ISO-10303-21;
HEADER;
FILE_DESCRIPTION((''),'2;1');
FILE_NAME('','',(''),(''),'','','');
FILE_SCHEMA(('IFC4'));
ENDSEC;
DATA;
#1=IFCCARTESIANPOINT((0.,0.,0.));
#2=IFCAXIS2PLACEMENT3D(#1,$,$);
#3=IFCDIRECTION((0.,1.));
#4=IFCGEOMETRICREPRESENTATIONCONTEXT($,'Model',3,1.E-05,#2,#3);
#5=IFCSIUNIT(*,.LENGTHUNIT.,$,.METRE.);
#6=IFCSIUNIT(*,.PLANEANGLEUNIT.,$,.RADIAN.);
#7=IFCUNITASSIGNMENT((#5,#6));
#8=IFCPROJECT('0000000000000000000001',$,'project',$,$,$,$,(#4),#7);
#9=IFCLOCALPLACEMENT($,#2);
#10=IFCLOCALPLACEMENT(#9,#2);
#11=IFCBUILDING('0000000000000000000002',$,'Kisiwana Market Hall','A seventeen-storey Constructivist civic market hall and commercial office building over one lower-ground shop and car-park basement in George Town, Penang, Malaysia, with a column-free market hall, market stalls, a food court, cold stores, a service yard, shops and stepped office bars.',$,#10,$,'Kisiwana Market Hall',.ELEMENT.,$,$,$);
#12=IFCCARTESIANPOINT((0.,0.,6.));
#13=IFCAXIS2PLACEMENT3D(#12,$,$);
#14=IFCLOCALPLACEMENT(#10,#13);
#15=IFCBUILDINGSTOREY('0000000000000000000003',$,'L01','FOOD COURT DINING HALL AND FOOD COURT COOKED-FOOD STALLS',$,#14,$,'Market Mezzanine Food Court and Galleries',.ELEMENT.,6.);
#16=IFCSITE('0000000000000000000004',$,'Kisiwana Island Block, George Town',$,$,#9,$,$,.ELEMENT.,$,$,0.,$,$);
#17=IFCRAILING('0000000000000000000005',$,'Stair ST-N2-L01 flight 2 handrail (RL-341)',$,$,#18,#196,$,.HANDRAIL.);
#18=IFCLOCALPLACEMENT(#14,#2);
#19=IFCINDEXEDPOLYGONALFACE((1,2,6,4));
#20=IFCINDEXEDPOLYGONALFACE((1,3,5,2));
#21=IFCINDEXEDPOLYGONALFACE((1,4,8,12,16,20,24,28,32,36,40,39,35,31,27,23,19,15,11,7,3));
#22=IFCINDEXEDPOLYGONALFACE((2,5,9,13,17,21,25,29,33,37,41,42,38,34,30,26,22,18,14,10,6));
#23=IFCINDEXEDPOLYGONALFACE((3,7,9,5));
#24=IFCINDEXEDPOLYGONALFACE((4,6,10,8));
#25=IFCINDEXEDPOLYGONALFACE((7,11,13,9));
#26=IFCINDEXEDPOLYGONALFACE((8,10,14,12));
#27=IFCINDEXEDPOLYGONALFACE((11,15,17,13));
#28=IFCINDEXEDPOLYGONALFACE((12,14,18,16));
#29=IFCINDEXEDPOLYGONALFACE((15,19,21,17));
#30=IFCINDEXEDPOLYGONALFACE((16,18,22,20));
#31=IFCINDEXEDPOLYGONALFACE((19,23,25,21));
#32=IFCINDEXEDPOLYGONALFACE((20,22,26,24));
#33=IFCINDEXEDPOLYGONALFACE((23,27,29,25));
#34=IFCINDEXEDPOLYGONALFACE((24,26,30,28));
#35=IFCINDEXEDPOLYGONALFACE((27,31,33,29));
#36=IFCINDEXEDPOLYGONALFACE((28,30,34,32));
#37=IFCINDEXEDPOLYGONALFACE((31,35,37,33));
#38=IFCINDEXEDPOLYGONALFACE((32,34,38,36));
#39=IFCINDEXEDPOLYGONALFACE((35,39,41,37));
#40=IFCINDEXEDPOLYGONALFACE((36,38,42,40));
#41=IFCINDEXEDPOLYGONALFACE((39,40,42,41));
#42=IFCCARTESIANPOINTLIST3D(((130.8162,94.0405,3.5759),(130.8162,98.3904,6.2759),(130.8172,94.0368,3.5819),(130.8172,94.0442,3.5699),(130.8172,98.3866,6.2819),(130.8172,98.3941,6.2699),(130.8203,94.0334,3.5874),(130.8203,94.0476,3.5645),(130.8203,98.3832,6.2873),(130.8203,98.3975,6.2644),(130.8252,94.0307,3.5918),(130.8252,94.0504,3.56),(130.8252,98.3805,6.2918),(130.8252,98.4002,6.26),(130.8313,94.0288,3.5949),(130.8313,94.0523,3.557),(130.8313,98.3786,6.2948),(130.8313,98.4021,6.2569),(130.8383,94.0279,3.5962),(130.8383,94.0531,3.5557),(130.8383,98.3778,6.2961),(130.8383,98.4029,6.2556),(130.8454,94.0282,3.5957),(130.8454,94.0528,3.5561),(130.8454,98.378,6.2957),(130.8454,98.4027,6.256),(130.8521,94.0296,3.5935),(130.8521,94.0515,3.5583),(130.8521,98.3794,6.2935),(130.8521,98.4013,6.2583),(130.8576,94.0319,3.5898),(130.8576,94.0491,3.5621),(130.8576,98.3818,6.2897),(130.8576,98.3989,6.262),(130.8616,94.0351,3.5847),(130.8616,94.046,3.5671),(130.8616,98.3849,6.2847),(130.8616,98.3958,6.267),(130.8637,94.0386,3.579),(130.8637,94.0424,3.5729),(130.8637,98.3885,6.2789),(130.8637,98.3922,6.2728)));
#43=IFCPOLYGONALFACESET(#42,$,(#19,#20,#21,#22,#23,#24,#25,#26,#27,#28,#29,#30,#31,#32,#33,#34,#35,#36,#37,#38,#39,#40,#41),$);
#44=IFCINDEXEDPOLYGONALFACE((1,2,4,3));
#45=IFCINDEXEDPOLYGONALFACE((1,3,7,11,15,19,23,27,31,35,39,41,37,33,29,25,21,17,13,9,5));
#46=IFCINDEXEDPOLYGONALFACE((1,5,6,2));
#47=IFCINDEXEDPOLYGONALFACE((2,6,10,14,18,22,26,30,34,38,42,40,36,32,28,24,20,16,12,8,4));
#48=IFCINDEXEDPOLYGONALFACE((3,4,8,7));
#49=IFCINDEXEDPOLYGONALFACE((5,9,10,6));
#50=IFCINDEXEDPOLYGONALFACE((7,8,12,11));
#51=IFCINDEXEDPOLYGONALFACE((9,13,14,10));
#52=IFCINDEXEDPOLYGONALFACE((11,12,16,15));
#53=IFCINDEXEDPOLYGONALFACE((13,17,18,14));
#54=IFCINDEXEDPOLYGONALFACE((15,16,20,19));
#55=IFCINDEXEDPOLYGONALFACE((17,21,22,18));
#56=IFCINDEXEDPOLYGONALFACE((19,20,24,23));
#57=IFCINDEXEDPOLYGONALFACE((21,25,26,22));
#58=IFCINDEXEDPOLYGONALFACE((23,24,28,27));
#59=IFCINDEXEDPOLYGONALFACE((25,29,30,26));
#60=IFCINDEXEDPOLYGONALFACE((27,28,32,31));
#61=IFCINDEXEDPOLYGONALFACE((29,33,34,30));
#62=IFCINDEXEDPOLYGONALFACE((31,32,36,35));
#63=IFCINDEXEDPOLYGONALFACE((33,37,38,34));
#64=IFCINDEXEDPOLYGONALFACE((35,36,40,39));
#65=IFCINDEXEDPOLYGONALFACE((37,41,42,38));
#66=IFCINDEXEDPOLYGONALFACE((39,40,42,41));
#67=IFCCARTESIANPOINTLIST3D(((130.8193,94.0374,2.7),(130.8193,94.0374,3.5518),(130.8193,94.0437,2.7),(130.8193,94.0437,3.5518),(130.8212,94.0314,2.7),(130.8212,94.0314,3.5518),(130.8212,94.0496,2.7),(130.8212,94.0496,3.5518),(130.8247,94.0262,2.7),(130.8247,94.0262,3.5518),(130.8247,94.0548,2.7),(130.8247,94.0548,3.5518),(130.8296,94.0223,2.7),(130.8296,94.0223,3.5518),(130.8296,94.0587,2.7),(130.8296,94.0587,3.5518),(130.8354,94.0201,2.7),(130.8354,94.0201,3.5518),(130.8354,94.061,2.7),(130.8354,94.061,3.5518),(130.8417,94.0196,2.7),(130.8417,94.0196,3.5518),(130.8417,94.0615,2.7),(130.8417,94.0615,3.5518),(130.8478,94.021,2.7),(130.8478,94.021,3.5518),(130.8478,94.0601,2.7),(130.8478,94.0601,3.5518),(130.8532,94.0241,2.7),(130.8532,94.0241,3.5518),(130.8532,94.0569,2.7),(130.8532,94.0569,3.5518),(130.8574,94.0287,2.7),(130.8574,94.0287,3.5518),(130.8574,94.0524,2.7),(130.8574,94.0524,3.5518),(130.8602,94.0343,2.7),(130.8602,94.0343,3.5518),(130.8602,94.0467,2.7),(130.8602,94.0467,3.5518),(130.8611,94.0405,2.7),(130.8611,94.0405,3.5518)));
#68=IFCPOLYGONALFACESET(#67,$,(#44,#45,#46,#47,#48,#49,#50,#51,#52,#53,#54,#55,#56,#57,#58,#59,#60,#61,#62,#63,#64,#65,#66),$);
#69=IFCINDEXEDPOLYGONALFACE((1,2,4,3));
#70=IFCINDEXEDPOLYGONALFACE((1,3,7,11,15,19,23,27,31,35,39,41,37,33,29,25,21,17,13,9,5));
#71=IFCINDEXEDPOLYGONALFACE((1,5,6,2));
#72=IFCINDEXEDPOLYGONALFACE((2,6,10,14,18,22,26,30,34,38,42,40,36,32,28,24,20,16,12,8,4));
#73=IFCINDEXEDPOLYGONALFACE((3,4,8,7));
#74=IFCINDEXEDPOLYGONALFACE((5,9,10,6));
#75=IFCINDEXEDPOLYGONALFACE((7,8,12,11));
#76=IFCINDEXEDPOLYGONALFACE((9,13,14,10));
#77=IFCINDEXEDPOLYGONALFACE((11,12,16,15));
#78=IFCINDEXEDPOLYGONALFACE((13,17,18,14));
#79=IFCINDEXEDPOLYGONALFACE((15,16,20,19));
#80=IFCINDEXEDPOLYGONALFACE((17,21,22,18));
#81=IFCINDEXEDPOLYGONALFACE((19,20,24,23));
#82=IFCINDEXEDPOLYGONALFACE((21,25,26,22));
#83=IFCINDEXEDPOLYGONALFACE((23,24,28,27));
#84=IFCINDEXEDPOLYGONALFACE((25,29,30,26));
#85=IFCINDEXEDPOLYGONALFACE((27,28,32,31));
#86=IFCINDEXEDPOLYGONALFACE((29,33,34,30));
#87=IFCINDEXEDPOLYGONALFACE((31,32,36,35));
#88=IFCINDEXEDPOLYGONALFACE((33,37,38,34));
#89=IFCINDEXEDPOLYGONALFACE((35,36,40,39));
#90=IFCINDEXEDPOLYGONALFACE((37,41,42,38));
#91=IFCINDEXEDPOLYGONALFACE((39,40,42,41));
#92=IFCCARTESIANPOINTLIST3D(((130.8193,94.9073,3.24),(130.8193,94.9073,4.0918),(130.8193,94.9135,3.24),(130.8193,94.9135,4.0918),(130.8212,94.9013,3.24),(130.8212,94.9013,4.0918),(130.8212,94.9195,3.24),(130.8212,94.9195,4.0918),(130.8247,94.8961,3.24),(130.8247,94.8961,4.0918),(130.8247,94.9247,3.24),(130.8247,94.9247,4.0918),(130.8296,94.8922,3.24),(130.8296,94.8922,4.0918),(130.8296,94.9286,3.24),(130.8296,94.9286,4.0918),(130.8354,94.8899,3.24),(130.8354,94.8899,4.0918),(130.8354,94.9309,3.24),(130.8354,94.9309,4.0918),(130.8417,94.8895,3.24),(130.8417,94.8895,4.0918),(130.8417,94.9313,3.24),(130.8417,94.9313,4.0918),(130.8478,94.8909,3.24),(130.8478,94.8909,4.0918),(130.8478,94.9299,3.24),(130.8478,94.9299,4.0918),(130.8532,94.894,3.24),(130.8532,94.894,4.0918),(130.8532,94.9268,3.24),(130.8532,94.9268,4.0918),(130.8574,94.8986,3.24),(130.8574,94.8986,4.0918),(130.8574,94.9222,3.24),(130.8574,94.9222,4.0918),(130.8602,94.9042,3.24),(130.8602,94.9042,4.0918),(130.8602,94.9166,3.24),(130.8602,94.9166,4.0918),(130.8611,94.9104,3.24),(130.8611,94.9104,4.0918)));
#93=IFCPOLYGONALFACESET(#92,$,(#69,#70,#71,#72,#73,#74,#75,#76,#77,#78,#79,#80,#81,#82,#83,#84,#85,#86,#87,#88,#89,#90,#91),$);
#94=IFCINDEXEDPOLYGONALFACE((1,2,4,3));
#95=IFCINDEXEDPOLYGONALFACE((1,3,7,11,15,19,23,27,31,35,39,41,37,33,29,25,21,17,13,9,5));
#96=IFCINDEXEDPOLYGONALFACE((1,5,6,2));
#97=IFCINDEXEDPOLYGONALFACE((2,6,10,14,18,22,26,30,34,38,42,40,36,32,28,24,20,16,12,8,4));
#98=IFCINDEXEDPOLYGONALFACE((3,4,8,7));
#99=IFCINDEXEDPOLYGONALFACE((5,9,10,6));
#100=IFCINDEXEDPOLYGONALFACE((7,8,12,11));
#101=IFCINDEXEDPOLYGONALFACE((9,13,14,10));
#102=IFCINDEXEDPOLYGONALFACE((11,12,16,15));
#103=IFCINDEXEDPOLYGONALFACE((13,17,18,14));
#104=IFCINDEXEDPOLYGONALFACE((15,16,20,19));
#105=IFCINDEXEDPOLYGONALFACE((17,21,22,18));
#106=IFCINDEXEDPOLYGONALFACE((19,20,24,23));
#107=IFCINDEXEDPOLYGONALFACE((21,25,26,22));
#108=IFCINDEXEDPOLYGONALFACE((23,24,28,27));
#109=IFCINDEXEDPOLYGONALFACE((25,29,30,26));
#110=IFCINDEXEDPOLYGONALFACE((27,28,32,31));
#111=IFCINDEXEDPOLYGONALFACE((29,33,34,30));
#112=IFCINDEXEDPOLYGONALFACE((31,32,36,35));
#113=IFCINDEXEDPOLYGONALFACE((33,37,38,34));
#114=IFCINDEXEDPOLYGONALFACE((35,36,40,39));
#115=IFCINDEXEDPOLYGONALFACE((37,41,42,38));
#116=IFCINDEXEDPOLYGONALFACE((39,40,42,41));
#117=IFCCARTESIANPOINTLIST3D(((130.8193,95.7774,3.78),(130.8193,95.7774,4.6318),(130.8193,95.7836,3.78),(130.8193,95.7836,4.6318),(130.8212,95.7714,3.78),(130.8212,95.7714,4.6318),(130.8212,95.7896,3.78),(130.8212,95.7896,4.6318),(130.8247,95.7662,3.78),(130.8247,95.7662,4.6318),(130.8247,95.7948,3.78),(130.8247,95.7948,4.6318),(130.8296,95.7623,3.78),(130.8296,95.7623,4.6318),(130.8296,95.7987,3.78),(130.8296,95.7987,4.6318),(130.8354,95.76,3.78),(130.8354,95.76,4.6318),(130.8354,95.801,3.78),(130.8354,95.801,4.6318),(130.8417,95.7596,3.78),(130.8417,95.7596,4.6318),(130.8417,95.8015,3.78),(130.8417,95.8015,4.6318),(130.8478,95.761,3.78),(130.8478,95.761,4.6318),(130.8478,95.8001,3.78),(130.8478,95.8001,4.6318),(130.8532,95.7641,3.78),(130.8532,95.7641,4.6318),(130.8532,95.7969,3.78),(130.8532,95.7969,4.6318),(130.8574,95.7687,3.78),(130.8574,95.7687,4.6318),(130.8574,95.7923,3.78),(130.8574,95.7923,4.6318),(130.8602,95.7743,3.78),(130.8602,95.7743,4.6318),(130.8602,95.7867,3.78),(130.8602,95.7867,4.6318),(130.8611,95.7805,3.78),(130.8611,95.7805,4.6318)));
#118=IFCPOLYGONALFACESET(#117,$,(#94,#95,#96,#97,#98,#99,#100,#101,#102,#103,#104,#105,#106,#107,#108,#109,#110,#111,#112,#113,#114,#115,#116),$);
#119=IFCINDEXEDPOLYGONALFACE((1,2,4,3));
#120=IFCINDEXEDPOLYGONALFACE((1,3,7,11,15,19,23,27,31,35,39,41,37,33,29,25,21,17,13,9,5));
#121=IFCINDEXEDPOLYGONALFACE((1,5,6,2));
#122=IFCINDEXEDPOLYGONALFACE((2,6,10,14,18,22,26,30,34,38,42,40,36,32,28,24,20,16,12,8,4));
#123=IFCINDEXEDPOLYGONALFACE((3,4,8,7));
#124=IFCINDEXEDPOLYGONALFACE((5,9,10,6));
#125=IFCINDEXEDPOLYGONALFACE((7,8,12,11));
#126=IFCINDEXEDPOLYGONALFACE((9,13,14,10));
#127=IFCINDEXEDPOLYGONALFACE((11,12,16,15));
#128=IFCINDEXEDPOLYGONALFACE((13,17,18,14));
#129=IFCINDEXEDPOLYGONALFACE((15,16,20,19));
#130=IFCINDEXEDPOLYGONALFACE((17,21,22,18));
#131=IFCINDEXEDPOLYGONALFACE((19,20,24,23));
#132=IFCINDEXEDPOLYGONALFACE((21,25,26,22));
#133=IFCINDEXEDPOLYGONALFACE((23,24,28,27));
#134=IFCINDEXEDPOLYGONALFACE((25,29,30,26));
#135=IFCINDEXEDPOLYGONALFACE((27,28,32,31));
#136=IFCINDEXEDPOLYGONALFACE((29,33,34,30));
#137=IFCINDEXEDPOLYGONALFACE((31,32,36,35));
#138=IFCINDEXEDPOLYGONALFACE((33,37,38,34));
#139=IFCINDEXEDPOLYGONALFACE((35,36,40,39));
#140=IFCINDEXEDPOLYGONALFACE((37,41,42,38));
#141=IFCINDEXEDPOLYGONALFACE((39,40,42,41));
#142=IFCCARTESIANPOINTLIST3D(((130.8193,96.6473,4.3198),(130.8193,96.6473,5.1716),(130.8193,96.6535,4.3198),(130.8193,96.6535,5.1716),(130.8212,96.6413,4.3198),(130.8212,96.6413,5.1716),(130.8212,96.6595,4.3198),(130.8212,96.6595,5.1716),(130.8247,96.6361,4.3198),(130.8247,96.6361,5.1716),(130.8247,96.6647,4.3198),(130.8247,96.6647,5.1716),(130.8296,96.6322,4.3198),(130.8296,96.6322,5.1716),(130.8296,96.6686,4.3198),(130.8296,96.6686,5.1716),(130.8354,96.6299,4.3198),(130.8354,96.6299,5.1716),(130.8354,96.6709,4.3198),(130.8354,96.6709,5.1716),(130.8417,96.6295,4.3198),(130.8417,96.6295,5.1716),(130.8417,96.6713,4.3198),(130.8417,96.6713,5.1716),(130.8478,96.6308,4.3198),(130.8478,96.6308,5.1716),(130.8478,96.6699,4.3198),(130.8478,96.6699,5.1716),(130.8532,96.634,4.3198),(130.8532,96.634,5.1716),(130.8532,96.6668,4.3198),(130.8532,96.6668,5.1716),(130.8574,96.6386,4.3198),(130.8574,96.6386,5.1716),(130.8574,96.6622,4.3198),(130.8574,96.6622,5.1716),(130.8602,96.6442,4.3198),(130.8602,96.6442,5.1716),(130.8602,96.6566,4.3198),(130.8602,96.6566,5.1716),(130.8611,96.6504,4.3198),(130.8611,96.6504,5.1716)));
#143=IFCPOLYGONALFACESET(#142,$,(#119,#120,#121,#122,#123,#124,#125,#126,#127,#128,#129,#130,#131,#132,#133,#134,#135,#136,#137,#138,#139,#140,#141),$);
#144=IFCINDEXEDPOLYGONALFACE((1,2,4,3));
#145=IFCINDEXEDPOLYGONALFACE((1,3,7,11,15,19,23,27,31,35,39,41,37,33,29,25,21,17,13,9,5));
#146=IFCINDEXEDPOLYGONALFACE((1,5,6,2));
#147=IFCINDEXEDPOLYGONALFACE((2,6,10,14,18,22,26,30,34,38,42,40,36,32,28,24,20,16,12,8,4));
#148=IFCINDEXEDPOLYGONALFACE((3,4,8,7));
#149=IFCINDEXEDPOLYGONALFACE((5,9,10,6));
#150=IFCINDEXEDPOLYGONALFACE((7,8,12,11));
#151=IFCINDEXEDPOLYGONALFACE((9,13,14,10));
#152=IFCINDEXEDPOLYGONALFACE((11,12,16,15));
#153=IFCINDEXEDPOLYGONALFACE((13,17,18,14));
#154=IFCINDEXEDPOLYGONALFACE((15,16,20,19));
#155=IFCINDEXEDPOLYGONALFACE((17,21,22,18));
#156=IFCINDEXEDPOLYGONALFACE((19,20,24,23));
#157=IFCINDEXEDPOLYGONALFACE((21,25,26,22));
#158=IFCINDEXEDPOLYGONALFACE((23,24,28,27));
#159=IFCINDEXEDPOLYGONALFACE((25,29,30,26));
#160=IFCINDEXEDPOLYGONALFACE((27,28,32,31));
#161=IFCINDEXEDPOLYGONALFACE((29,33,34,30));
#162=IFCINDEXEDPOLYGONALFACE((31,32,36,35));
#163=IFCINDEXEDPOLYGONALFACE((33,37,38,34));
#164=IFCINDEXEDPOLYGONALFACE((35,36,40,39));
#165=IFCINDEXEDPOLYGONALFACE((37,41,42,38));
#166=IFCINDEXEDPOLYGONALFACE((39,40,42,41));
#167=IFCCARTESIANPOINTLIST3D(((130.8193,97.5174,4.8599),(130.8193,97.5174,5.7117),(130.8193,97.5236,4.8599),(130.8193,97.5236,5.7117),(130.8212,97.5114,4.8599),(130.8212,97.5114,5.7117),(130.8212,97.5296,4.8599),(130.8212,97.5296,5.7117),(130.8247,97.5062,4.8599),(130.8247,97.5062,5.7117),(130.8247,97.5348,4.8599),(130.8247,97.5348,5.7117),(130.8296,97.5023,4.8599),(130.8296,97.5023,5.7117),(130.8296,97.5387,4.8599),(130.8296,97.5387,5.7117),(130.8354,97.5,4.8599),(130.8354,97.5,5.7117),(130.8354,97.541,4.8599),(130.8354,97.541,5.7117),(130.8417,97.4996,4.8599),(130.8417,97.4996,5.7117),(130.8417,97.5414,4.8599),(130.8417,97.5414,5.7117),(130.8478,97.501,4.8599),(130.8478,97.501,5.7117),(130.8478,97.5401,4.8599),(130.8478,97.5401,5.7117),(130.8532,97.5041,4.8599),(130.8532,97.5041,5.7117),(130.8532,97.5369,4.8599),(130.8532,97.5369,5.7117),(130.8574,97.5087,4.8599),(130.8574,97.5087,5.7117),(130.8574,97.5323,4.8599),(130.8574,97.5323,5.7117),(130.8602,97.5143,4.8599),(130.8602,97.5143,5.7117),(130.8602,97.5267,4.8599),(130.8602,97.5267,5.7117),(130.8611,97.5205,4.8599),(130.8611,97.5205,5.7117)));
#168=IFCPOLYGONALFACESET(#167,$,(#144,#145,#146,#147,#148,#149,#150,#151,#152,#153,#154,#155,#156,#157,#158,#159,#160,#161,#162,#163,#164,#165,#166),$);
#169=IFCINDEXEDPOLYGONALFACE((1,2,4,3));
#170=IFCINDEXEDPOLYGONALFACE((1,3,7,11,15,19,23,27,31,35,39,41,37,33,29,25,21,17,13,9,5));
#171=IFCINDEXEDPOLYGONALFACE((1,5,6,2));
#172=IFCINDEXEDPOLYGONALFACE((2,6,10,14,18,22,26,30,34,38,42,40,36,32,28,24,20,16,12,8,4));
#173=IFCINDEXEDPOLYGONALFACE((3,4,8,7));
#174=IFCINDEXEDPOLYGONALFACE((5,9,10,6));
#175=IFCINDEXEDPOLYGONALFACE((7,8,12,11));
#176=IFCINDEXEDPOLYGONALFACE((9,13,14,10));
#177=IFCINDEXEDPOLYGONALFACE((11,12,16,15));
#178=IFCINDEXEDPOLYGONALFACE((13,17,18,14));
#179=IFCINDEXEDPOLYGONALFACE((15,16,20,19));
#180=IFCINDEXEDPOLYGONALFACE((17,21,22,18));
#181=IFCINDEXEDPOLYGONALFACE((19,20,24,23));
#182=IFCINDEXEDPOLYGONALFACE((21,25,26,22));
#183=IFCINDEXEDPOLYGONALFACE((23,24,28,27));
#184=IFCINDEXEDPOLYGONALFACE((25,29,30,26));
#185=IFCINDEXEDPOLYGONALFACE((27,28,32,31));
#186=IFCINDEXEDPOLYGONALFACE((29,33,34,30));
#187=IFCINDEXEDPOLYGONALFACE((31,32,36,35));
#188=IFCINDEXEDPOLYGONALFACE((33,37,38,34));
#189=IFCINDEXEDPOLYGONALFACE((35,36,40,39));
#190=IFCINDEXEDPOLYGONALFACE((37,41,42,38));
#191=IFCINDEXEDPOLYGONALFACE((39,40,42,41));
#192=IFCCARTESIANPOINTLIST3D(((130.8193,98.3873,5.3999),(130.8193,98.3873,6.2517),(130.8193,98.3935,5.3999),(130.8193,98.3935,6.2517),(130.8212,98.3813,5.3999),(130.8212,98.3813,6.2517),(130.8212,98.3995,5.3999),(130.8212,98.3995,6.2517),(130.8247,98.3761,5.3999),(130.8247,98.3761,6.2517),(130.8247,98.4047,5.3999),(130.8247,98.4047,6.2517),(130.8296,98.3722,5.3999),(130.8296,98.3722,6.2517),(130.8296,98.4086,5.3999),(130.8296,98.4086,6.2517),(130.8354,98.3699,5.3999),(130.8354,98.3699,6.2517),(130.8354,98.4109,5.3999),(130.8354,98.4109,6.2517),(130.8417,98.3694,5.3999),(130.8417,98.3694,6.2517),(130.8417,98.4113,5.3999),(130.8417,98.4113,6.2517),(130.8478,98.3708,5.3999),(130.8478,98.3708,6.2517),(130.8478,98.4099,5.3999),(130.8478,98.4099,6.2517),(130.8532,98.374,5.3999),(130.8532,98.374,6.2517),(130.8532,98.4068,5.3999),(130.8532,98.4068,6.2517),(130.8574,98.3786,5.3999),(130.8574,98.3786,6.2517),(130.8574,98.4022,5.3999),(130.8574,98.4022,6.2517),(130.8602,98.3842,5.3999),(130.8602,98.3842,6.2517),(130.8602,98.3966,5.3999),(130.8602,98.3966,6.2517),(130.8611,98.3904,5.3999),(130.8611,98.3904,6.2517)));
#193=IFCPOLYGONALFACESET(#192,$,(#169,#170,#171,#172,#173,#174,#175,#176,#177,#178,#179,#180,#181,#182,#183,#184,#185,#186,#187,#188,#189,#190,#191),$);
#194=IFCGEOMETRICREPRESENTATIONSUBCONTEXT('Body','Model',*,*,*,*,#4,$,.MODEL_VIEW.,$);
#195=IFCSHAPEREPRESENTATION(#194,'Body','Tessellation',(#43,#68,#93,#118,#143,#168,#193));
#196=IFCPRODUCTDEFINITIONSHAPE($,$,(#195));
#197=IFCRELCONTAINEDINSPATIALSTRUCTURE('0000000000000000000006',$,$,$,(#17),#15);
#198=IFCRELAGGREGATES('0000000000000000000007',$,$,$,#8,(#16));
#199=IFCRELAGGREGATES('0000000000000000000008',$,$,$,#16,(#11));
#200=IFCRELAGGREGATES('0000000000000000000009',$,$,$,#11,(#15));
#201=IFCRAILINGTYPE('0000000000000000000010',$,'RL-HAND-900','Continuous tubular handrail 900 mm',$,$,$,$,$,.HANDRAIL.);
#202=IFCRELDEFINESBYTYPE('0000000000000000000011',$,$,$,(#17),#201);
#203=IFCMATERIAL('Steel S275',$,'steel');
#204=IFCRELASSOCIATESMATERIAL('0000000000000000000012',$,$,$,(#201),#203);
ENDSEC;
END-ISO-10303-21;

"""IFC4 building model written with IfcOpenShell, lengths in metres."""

from ifc_helpers import new_model, si_unit, direction, frame, origin, origin_2d, place, context, subcontext, project, spatial, circle, extrude, material, type_object, element, save


model = new_model("IFC4")

# Units and contexts
model_context = context("Model", 3, precision=1e-05, world=origin(), true_north=direction((0.0, 1.0)))
body_context = subcontext(model_context, "Body", "Model", "MODEL_VIEW")
ifc_project = project(units=[si_unit("LENGTHUNIT", "METRE"), si_unit("PLANEANGLEUNIT", "RADIAN")], contexts=[model_context])

# Site, building, storey
site_placement = place(None, origin())
site = spatial("IfcSite", under=ifc_project, at=site_placement, Name="Kisiwana Island Block, George Town", CompositionType="ELEMENT", RefElevation=0.0)
building_placement = place(site_placement, origin())
building = spatial("IfcBuilding", under=site, at=building_placement, Name="Kisiwana Market Hall", Description="A seventeen-storey Constructivist civic market hall and commercial office building over one lower-ground shop and car-park basement in George Town, Penang, Malaysia, with a column-free market hall, market stalls, a food court, cold stores, a service yard, shops and stepped office bars.", LongName="Kisiwana Market Hall", CompositionType="ELEMENT")
storey_placement = place(building_placement, frame((0.0, 0.0, 6.0)))
storey = spatial("IfcBuildingStorey", under=building, at=storey_placement, Name="L01", Description="FOOD COURT DINING HALL AND FOOD COURT COOKED-FOOD STALLS", LongName="Market Mezzanine Food Court and Galleries", CompositionType="ELEMENT", Elevation=6.0)

# Railing
ifc_material_1 = material(Name="Steel S275", Category="steel")
railing_type_1 = type_object("IfcRailingType", Name="RL-HAND-900", Description="Continuous tubular handrail 900 mm", PredefinedType="HANDRAIL", material=ifc_material_1)
railing_1_placement = place(storey_placement, frame((130.8401, 94.0405, 2.7)))
element("IfcRailing", 1, at=railing_1_placement, inside=storey, type_object=railing_type_1, Name="Stair ST-N2-L01 flight 2 handrail (RL-341)", PredefinedType="HANDRAIL", context=body_context, shape_type="SweptSolid", body=[
    extrude(circle(Radius=0.0239, at=origin_2d()), frame((0.0, 0.0, 0.876), z_axis=(0.0, 0.849636, 0.527369), x_axis=(-1.0, 0.0, 0.0)), (0.0, 0.0, 1.0), 5.1196),
    extrude(circle(Radius=0.021, at=origin_2d()), origin(), (0.0, 0.0, 1.0), 0.8518),
    extrude(circle(Radius=0.021, at=origin_2d()), frame((0.0, 0.8699, 0.54)), (0.0, 0.0, 1.0), 0.8518),
    extrude(circle(Radius=0.021, at=origin_2d()), frame((0.0, 1.74, 1.0801)), (0.0, 0.0, 1.0), 0.8518),
    extrude(circle(Radius=0.021, at=origin_2d()), frame((0.0, 2.6099, 1.6199)), (0.0, 0.0, 1.0), 0.8518),
    extrude(circle(Radius=0.021, at=origin_2d()), frame((0.0, 3.48, 2.1599)), (0.0, 0.0, 1.0), 0.8518),
    extrude(circle(Radius=0.021, at=origin_2d()), frame((0.0, 4.3499, 2.7)), (0.0, 0.0, 1.0), 0.8518),
])

save(model, "model.ifc")
